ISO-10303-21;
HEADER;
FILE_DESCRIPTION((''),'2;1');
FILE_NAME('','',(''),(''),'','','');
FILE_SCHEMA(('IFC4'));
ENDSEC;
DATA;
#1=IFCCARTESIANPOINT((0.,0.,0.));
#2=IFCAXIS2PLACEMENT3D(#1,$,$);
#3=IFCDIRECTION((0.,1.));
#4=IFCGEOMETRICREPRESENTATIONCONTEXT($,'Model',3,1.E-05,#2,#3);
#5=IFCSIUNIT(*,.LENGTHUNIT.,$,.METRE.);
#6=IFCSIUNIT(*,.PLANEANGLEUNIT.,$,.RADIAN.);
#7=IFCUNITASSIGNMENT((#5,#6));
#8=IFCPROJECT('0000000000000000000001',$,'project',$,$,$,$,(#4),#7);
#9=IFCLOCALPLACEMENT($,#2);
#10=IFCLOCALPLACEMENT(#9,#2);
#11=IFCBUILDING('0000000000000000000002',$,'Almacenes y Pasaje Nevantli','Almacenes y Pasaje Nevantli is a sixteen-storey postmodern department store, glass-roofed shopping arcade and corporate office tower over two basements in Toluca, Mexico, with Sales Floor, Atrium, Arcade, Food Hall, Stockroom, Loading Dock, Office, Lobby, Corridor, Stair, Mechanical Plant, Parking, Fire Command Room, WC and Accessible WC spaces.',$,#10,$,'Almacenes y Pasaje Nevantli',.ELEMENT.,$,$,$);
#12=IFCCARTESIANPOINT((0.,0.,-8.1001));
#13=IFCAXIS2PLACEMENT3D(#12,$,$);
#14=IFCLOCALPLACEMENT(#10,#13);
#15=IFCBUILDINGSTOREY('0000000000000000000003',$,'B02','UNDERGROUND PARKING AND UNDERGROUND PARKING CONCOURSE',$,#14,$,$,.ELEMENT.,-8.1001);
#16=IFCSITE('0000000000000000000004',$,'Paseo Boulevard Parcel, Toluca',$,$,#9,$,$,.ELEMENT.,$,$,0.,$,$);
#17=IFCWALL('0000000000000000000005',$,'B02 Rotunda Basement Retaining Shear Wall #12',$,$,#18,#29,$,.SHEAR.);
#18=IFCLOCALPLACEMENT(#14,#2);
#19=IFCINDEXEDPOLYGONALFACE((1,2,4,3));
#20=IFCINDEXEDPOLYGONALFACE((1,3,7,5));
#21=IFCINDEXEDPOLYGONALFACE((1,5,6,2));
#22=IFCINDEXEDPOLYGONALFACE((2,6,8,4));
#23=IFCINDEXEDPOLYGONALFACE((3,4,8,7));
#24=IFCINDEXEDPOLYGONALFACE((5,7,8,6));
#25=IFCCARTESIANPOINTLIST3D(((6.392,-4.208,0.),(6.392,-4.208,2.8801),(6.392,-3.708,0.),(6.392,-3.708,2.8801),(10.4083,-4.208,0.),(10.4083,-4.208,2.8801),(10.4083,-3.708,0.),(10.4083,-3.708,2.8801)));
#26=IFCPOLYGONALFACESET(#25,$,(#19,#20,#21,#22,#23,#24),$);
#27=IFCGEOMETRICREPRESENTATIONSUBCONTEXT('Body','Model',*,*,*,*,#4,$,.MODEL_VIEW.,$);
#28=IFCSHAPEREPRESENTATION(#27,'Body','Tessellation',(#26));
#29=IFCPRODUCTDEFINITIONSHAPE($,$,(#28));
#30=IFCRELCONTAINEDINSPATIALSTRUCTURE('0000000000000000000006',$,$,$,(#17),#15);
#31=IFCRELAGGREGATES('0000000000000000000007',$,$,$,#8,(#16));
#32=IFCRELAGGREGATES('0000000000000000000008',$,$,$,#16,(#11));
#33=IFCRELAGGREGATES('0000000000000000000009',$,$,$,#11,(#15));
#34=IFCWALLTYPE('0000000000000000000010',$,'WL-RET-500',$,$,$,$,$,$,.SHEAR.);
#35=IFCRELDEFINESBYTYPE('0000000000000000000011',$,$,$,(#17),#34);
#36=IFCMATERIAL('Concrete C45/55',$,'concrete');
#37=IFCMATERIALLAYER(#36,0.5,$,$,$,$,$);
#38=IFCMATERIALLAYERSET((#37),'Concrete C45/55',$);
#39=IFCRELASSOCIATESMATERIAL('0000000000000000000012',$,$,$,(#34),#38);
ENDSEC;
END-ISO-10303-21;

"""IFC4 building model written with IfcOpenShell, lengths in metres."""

from ifc_helpers import new_model, si_unit, direction, frame, frame_2d, origin, place, context, subcontext, project, spatial, rectangle, extrude, material, layer, layer_set, type_object, element, save


model = new_model("IFC4")

# Units and contexts
model_context = context("Model", 3, precision=1e-05, world=origin(), true_north=direction((0.0, 1.0)))
body_context = subcontext(model_context, "Body", "Model", "MODEL_VIEW")
ifc_project = project(units=[si_unit("LENGTHUNIT", "METRE"), si_unit("PLANEANGLEUNIT", "RADIAN")], contexts=[model_context])

# Site, building, storey
site_placement = place(None, origin())
site = spatial("IfcSite", under=ifc_project, at=site_placement, Name="Paseo Boulevard Parcel, Toluca", CompositionType="ELEMENT", RefElevation=0.0)
building_placement = place(site_placement, origin())
building = spatial("IfcBuilding", under=site, at=building_placement, Name="Almacenes y Pasaje Nevantli", Description="Almacenes y Pasaje Nevantli is a sixteen-storey postmodern department store, glass-roofed shopping arcade and corporate office tower over two basements in Toluca, Mexico, with Sales Floor, Atrium, Arcade, Food Hall, Stockroom, Loading Dock, Office, Lobby, Corridor, Stair, Mechanical Plant, Parking, Fire Command Room, WC and Accessible WC spaces.", LongName="Almacenes y Pasaje Nevantli", CompositionType="ELEMENT")
storey_placement = place(building_placement, frame((0.0, 0.0, -8.1001)))
storey = spatial("IfcBuildingStorey", under=building, at=storey_placement, Name="B02", Description="UNDERGROUND PARKING AND UNDERGROUND PARKING CONCOURSE", CompositionType="ELEMENT", Elevation=-8.1001)

# Wall
ifc_material_1 = material(Name="Concrete C45/55", Category="concrete")
ifc_layer_1 = layer(ifc_material_1, 0.5)
ifc_layer_set_1 = layer_set([ifc_layer_1], Name="Concrete C45/55")
wall_type = type_object("IfcWallType", Name="WL-RET-500", PredefinedType="SHEAR", material=ifc_layer_set_1)
wall_placement = place(storey_placement, frame((6.3918, -3.958, 0.0), z_axis=(0.0, 0.0, 1.0), x_axis=(1.0, 0.0, 0.0)))
element("IfcWall", 1, at=wall_placement, inside=storey, type_object=wall_type, Name="B02 Rotunda Basement Retaining Shear Wall #12", PredefinedType="SHEAR", context=body_context, shape_type="SweptSolid", body=[
    extrude(rectangle(XDim=4.0164, YDim=0.5, at=frame_2d((2.0083, 0.0))), origin(), (0.0, 0.0, 1.0), 2.8801),
])

save(model, "model.ifc")
